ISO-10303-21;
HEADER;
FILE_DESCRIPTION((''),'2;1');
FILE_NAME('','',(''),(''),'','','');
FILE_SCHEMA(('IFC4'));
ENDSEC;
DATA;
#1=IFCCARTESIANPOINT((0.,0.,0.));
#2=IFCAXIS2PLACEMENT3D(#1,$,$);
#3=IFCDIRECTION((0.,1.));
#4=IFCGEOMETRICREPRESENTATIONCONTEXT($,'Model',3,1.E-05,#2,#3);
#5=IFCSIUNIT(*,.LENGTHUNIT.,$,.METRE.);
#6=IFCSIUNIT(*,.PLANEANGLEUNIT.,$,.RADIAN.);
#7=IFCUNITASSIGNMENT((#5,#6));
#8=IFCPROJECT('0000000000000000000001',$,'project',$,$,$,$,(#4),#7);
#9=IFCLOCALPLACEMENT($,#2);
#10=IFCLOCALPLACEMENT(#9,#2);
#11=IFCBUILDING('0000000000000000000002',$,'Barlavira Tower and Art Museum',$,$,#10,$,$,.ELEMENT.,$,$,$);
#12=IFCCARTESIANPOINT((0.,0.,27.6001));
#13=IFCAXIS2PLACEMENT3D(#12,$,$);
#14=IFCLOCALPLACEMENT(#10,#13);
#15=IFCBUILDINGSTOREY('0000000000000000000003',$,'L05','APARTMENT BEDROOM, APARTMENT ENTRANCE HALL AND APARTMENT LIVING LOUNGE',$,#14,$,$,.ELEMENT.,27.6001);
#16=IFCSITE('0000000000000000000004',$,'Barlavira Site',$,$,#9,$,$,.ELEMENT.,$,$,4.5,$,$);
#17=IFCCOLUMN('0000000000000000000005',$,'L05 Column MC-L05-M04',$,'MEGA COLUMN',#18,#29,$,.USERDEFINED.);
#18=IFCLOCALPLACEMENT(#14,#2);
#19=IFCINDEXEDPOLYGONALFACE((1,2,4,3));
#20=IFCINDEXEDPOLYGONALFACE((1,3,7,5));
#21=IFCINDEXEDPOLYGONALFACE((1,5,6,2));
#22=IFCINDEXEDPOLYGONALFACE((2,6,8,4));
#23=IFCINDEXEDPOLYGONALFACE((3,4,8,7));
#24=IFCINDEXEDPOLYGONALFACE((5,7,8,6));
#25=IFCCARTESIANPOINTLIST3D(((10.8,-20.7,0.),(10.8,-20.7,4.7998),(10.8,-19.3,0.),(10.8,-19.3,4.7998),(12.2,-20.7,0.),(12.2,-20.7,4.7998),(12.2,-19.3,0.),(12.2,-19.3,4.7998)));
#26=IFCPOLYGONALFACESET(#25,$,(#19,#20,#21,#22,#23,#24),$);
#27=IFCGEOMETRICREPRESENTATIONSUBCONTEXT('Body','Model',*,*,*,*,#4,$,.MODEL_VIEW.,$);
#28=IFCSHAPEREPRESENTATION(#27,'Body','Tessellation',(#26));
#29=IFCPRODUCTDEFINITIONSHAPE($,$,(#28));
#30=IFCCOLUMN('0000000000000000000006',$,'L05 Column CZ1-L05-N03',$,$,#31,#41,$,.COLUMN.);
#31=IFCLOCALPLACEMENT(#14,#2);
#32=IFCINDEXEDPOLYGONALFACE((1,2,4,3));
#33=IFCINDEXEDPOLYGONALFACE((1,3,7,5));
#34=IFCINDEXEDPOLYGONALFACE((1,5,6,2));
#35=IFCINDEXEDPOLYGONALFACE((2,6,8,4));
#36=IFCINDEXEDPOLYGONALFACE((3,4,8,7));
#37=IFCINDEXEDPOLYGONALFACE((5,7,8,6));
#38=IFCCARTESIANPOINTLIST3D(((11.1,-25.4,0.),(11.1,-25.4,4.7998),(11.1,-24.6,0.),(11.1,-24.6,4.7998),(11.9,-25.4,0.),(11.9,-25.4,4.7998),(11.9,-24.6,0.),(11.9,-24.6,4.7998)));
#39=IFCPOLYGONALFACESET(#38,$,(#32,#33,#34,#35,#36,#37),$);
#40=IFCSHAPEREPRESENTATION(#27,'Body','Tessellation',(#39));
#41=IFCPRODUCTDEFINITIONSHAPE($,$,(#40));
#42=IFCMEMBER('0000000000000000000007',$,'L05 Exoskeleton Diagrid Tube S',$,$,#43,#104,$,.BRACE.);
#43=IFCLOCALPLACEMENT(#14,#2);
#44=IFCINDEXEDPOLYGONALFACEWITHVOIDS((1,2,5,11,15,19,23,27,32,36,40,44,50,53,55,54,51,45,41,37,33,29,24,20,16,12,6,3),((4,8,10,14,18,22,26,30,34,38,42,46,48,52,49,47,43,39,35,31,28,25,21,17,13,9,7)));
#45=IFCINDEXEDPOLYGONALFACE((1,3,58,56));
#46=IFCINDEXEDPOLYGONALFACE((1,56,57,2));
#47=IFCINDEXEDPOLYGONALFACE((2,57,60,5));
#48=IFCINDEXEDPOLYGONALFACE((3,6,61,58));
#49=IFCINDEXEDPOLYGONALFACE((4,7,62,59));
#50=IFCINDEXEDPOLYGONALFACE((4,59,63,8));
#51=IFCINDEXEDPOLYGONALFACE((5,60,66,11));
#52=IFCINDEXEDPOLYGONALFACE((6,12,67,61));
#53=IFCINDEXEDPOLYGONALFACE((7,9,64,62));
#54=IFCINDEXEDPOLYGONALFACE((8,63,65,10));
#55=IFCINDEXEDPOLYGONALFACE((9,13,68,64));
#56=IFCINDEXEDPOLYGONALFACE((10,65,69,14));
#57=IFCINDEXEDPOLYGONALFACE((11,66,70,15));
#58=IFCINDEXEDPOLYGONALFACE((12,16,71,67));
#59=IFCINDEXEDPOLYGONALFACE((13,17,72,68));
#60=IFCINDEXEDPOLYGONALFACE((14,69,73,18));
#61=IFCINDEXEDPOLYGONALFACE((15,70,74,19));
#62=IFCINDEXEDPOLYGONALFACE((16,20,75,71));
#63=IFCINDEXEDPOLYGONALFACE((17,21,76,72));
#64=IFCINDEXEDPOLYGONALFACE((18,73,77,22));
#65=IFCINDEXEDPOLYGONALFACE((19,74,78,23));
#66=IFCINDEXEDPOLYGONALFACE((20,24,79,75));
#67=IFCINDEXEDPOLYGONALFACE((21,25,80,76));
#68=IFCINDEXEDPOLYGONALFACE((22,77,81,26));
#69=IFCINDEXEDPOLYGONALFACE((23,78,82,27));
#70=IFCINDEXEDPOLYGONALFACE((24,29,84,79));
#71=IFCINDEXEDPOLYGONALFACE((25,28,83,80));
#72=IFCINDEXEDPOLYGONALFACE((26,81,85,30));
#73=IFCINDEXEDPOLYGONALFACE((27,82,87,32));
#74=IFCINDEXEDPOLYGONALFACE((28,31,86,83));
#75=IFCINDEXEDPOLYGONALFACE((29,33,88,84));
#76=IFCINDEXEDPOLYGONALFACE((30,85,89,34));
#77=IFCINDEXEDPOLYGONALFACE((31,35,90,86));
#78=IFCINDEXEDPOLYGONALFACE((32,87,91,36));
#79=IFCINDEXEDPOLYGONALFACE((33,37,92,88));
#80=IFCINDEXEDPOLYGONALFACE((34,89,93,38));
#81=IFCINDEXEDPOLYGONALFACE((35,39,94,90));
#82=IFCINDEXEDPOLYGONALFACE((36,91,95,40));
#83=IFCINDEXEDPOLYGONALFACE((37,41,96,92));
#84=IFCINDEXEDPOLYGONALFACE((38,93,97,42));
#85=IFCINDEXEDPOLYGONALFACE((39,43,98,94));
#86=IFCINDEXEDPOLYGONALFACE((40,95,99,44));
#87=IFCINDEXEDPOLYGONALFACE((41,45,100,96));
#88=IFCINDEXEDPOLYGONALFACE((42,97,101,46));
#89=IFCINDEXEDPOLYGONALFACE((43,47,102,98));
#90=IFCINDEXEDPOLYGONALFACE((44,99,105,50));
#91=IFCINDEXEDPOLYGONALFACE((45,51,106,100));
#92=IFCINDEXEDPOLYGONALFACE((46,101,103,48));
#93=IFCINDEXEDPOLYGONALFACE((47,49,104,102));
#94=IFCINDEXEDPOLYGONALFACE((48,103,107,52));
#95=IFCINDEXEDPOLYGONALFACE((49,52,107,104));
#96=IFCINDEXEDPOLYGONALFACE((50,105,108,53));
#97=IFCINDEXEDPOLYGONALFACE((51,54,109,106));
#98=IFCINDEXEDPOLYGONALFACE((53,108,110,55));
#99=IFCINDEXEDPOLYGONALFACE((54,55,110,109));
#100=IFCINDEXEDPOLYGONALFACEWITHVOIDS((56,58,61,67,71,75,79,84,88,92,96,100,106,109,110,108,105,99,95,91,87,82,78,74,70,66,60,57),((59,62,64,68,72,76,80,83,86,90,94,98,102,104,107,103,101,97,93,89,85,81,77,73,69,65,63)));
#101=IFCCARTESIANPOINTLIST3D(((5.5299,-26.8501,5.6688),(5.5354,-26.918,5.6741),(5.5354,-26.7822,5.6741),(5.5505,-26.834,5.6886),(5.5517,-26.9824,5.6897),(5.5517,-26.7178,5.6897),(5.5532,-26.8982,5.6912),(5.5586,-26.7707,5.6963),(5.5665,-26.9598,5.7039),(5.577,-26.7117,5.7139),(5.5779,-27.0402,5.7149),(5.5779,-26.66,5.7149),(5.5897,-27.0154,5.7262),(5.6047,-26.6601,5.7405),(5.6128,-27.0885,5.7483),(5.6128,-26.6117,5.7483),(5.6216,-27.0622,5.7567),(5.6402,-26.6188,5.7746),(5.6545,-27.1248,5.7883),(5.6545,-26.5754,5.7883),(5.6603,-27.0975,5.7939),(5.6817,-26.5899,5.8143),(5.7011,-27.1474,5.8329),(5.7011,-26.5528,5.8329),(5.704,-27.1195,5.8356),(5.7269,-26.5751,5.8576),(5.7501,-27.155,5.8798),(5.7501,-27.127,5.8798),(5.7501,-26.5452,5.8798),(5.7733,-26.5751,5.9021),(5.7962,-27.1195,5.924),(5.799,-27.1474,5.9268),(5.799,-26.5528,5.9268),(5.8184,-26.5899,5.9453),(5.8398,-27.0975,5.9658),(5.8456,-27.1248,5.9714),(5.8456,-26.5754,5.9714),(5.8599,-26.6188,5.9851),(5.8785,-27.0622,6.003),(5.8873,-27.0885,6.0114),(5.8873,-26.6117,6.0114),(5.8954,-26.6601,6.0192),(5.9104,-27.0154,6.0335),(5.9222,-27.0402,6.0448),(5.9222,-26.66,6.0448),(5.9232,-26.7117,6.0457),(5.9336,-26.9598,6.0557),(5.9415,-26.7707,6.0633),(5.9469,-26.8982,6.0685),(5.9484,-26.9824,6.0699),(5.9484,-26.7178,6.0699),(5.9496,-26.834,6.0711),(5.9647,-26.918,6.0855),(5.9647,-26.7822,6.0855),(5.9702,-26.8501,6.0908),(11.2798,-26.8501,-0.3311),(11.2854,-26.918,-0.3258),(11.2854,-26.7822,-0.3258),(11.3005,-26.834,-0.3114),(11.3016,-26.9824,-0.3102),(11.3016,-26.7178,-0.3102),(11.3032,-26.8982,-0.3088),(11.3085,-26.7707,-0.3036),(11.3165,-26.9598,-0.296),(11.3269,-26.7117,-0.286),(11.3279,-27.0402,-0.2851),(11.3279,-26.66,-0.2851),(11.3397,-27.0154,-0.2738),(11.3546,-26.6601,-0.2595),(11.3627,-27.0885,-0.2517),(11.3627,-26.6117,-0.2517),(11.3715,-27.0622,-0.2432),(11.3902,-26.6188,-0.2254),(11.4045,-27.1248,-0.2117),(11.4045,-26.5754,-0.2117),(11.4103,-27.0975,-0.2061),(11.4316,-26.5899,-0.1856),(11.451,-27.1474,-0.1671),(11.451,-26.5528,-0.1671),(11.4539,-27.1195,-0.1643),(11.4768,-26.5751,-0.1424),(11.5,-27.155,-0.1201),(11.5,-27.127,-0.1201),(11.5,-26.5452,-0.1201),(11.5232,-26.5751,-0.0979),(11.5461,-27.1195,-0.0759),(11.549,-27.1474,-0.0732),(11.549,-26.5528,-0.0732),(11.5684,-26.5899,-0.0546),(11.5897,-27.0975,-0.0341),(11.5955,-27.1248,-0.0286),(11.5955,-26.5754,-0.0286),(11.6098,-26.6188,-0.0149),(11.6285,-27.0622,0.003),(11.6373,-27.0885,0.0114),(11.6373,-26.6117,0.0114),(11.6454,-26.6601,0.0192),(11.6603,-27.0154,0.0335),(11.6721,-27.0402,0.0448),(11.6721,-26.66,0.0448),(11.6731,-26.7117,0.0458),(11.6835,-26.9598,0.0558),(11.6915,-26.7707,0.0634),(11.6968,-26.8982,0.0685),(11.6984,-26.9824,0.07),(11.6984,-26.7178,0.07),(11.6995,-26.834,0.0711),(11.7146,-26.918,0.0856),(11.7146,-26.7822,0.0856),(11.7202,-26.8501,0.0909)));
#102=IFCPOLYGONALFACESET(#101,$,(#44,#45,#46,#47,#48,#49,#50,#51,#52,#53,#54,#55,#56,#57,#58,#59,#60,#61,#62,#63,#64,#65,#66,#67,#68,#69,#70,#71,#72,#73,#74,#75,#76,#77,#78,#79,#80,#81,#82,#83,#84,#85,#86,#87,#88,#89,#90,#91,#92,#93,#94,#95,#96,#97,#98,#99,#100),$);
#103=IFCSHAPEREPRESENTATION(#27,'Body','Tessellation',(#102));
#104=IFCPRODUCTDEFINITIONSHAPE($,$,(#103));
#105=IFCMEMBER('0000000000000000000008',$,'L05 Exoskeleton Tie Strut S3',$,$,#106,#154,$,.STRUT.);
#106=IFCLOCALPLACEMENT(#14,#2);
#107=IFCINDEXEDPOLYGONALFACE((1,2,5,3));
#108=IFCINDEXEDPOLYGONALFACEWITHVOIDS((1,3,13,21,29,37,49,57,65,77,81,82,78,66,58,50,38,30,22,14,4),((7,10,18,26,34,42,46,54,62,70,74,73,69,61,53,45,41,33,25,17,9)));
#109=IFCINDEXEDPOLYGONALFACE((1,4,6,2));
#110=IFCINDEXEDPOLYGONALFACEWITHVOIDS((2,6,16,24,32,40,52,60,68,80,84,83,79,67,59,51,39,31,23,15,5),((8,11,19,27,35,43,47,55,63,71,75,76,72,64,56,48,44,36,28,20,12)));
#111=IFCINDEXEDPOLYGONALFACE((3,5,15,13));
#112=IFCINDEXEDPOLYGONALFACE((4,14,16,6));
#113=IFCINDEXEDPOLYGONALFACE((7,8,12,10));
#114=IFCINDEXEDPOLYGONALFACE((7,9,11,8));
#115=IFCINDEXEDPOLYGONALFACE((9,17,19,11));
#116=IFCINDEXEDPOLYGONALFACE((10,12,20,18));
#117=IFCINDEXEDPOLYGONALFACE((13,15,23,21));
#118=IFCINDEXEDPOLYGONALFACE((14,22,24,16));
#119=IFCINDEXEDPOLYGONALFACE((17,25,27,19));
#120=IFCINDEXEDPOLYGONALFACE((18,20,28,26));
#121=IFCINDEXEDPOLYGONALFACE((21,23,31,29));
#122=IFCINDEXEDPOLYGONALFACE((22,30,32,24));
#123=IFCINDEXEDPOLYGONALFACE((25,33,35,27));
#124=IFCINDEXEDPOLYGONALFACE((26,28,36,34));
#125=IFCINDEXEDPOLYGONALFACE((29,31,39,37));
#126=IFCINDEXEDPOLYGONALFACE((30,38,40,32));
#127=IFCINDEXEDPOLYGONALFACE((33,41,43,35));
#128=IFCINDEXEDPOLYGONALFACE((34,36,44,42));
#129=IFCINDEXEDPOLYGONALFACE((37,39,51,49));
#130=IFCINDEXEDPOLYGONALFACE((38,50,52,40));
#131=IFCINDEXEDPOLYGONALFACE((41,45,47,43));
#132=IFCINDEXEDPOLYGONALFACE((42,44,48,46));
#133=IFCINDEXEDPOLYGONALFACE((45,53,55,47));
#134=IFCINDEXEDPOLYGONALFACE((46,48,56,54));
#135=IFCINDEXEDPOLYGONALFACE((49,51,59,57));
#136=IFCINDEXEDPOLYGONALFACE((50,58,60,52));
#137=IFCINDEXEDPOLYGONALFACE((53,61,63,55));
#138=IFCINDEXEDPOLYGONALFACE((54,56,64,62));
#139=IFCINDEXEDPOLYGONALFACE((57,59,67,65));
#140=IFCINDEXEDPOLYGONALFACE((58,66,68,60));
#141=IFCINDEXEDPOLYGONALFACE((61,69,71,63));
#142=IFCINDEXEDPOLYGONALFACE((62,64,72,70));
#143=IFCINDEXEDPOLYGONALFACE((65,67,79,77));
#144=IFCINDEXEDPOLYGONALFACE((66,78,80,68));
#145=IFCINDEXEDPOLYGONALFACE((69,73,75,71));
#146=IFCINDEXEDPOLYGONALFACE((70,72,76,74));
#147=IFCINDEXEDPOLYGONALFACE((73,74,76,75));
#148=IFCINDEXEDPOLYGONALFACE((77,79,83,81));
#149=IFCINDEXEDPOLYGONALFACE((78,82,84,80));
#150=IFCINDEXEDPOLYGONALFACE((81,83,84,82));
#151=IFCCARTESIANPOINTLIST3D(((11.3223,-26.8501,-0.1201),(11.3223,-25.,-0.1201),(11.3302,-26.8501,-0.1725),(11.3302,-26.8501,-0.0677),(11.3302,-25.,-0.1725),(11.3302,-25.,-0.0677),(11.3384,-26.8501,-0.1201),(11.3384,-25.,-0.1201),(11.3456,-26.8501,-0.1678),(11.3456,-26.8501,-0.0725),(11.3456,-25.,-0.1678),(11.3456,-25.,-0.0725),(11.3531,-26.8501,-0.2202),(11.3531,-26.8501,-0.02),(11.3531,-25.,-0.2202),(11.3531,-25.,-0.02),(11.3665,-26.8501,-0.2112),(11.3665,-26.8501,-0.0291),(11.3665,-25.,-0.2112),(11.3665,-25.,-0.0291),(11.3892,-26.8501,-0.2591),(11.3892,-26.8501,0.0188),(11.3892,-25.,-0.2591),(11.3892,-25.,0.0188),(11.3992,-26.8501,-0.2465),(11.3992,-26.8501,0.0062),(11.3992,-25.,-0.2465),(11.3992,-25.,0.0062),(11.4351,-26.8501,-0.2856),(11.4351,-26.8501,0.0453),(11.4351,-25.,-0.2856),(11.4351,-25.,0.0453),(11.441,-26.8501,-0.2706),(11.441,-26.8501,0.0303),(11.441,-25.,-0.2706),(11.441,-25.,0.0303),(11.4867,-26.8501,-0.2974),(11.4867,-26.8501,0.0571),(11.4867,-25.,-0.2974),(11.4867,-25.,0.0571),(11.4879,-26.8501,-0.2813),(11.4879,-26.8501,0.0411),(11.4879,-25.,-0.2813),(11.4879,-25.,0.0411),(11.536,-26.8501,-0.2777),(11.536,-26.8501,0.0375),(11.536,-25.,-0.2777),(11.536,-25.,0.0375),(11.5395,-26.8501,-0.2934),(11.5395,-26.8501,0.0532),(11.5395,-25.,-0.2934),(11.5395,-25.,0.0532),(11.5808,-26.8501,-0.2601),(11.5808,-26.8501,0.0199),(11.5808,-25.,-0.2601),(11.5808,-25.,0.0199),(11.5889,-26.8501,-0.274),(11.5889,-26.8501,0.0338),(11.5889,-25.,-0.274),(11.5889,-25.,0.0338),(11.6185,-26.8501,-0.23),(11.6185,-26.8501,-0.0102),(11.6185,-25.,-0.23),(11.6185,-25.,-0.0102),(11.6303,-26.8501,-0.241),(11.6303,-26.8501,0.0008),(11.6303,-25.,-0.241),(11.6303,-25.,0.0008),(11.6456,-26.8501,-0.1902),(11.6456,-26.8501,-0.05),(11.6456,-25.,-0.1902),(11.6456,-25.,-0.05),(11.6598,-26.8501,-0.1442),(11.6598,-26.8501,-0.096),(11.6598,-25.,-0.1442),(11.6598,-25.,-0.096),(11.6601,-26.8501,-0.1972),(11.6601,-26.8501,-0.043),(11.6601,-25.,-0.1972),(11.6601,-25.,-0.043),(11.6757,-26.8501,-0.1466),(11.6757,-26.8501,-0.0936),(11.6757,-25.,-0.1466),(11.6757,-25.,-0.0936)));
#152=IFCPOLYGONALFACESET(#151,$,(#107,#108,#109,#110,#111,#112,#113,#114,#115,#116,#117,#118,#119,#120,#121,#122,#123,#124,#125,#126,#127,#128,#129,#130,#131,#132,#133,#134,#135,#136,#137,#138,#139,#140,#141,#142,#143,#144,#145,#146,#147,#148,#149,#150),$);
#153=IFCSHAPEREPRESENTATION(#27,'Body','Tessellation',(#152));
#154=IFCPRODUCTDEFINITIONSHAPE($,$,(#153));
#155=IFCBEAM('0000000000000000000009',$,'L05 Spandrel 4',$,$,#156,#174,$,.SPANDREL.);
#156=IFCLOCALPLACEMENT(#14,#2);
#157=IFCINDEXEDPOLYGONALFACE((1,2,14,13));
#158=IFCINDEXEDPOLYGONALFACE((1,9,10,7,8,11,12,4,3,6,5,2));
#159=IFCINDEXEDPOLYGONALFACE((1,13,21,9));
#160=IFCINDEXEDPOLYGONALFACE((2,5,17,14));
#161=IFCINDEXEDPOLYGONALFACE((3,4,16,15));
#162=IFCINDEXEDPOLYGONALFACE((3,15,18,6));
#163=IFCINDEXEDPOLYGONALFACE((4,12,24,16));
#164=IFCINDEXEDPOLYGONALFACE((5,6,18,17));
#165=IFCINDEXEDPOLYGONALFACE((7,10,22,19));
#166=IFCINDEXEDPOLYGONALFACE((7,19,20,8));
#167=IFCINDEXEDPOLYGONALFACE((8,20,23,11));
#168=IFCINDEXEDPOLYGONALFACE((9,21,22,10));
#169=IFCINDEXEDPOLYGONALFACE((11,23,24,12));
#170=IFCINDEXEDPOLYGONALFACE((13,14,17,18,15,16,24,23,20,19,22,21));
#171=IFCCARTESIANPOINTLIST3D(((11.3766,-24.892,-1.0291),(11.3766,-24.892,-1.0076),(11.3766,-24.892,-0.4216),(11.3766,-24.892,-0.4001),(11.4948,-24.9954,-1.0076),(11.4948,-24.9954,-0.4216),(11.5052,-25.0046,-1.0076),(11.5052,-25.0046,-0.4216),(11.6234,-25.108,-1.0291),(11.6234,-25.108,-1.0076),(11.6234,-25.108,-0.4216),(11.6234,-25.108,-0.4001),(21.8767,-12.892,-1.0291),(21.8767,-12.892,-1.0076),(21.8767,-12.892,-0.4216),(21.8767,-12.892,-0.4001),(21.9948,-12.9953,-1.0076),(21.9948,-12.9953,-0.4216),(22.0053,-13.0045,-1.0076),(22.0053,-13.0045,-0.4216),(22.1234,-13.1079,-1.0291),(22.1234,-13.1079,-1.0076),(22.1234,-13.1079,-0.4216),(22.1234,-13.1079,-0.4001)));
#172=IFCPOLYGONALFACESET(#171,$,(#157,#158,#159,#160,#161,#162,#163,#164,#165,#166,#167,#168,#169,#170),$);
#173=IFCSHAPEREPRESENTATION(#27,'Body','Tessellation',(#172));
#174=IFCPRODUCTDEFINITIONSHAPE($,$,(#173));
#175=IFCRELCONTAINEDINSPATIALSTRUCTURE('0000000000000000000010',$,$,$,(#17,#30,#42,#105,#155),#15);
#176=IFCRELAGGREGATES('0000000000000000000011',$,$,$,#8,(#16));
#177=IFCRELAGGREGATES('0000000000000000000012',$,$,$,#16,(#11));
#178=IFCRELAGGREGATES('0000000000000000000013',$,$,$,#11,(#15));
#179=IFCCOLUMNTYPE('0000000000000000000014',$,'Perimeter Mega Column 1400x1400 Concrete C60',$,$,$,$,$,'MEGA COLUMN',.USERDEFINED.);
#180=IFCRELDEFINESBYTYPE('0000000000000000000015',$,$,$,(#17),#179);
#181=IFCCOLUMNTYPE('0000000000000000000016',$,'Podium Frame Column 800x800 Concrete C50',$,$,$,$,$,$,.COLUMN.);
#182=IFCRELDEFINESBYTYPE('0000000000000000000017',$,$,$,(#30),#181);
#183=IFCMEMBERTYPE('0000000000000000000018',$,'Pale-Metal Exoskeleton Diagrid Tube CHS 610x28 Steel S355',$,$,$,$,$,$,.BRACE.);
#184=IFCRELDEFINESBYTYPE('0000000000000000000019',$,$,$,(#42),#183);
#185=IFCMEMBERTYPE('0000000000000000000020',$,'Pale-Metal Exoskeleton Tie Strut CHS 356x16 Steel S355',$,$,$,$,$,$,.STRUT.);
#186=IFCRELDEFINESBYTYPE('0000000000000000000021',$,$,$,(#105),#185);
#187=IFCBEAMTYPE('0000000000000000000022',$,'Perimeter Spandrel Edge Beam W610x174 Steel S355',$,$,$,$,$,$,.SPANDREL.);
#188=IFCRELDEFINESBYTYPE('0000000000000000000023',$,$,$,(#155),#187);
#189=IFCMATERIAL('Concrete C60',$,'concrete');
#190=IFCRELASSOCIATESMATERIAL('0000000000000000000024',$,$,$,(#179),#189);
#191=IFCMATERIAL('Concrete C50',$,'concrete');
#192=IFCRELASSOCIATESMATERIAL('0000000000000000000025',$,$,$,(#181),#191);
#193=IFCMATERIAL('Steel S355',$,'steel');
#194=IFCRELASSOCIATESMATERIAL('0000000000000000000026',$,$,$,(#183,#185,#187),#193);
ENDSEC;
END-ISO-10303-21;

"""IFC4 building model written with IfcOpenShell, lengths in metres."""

from ifc_helpers import new_model, si_unit, direction, frame, origin, origin_2d, place, context, subcontext, project, spatial, rectangle, hollow_circle, i_section, extrude, material, material_profile, profile_set, type_object, element, save


model = new_model("IFC4")

# Units and contexts
model_context = context("Model", 3, precision=1e-05, world=origin(), true_north=direction((0.0, 1.0)))
body_context = subcontext(model_context, "Body", "Model", "MODEL_VIEW")
ifc_project = project(units=[si_unit("LENGTHUNIT", "METRE"), si_unit("PLANEANGLEUNIT", "RADIAN")], contexts=[model_context])

# Site, building, storey
site_placement = place(None, origin())
site = spatial("IfcSite", under=ifc_project, at=site_placement, Name="Barlavira Site", CompositionType="ELEMENT", RefElevation=4.5)
building_placement = place(site_placement, origin())
building = spatial("IfcBuilding", under=site, at=building_placement, Name="Barlavira Tower and Art Museum", CompositionType="ELEMENT")
storey_placement = place(building_placement, frame((0.0, 0.0, 27.6001)))
storey = spatial("IfcBuildingStorey", under=building, at=storey_placement, Name="L05", Description="APARTMENT BEDROOM, APARTMENT ENTRANCE HALL AND APARTMENT LIVING LOUNGE", CompositionType="ELEMENT", Elevation=27.6001)

# Columns
ifc_material_1 = material(Name="Concrete C60", Category="concrete")
ifc_material_profile_1 = material_profile(ifc_material_1, rectangle(XDim=1.3999, YDim=1.3999, at=origin_2d()), Name="RC-MCOL 1400x1400")
ifc_profile_set_1 = profile_set([ifc_material_profile_1], Name="Concrete C60")
column_type_1 = type_object("IfcColumnType", Name="Perimeter Mega Column 1400x1400 Concrete C60", ElementType="MEGA COLUMN", PredefinedType="USERDEFINED", material=ifc_profile_set_1)
column_1_placement = place(storey_placement, frame((11.5, -20.0, 0.0), z_axis=(0.0, 0.0, 1.0), x_axis=(1.0, 0.0, 0.0)))
element("IfcColumn", 1, at=column_1_placement, inside=storey, type_object=column_type_1, Name="L05 Column MC-L05-M04", ObjectType="MEGA COLUMN", PredefinedType="USERDEFINED", context=body_context, shape_type="SweptSolid", body=[
    extrude(rectangle(XDim=1.3999, YDim=1.3999, at=origin_2d()), origin(), (0.0, 0.0, 1.0), 4.7998),
])
ifc_material_2 = material(Name="Concrete C50", Category="concrete")
ifc_material_profile_2 = material_profile(ifc_material_2, rectangle(XDim=0.8, YDim=0.8, at=origin_2d()), Name="RC-COL 800x800")
ifc_profile_set_2 = profile_set([ifc_material_profile_2], Name="Concrete C50")
column_type_2 = type_object("IfcColumnType", Name="Podium Frame Column 800x800 Concrete C50", PredefinedType="COLUMN", material=ifc_profile_set_2)
column_2_placement = place(storey_placement, frame((11.5, -25.0, 0.0), z_axis=(0.0, 0.0, 1.0), x_axis=(1.0, 0.0, 0.0)))
element("IfcColumn", 2, at=column_2_placement, inside=storey, type_object=column_type_2, Name="L05 Column CZ1-L05-N03", PredefinedType="COLUMN", context=body_context, shape_type="SweptSolid", body=[
    extrude(rectangle(XDim=0.8, YDim=0.8, at=origin_2d()), origin(), (0.0, 0.0, 1.0), 4.7998),
])

# Members
ifc_material_3 = material(Name="Steel S355", Category="steel")
ifc_material_profile_3 = material_profile(ifc_material_3, hollow_circle(Radius=0.3049, WallThickness=0.0281, at=origin_2d()), Name="CHS 610.0x28.0")
ifc_profile_set_3 = profile_set([ifc_material_profile_3], Name="Steel S355")
member_type_1 = type_object("IfcMemberType", Name="Pale-Metal Exoskeleton Diagrid Tube CHS 610x28 Steel S355", PredefinedType="BRACE", material=ifc_profile_set_3)
member_1_placement = place(storey_placement, frame((11.5, -26.8501, -0.1201), z_axis=(-0.691905, 0.0, 0.721988), x_axis=(0.0, -1.0, 0.0)))
element("IfcMember", 3, at=member_1_placement, inside=storey, type_object=member_type_1, Name="L05 Exoskeleton Diagrid Tube S", PredefinedType="BRACE", context=body_context, shape_type="SweptSolid", body=[
    extrude(hollow_circle(Radius=0.3049, WallThickness=0.0281, at=origin_2d()), origin(), (0.0, 0.0, 1.0), 8.3103),
])
ifc_material_profile_4 = material_profile(ifc_material_3, hollow_circle(Radius=0.1777, WallThickness=0.0161, at=origin_2d()), Name="CHS 355.6x16.0")
ifc_profile_set_4 = profile_set([ifc_material_profile_4], Name="Steel S355")
member_type_2 = type_object("IfcMemberType", Name="Pale-Metal Exoskeleton Tie Strut CHS 356x16 Steel S355", PredefinedType="STRUT", material=ifc_profile_set_4)
member_2_placement = place(storey_placement, frame((11.5, -26.8501, -0.1201), z_axis=(0.0, 1.0, 0.0), x_axis=(-1.0, 0.0, 0.0)))
element("IfcMember", 4, at=member_2_placement, inside=storey, type_object=member_type_2, Name="L05 Exoskeleton Tie Strut S3", PredefinedType="STRUT", context=body_context, shape_type="SweptSolid", body=[
    extrude(hollow_circle(Radius=0.1777, WallThickness=0.0161, at=origin_2d()), origin(), (0.0, 0.0, 1.0), 1.8501),
])

# Beam
ifc_material_profile_5 = material_profile(ifc_material_3, i_section(OverallWidth=0.3279, OverallDepth=0.6289, WebThickness=0.0139, FlangeThickness=0.0215, at=origin_2d()), Name="W610x174.0")
ifc_profile_set_5 = profile_set([ifc_material_profile_5], Name="Steel S355")
beam_type_1 = type_object("IfcBeamType", Name="Perimeter Spandrel Edge Beam W610x174 Steel S355", PredefinedType="SPANDREL", material=ifc_profile_set_5)
beam_1_placement = place(storey_placement, frame((11.5, -25.0, -0.7146), z_axis=(0.658505, 0.752577, 0.0), x_axis=(-0.752577, 0.658505, 0.0)))
element("IfcBeam", 5, at=beam_1_placement, inside=storey, type_object=beam_type_1, Name="L05 Spandrel 4", PredefinedType="SPANDREL", context=body_context, shape_type="SweptSolid", body=[
    extrude(i_section(OverallWidth=0.3279, OverallDepth=0.6289, WebThickness=0.0139, FlangeThickness=0.0215, at=origin_2d()), origin(), (0.0, 0.0, 1.0), 15.9453),
])

save(model, "model.ifc")
